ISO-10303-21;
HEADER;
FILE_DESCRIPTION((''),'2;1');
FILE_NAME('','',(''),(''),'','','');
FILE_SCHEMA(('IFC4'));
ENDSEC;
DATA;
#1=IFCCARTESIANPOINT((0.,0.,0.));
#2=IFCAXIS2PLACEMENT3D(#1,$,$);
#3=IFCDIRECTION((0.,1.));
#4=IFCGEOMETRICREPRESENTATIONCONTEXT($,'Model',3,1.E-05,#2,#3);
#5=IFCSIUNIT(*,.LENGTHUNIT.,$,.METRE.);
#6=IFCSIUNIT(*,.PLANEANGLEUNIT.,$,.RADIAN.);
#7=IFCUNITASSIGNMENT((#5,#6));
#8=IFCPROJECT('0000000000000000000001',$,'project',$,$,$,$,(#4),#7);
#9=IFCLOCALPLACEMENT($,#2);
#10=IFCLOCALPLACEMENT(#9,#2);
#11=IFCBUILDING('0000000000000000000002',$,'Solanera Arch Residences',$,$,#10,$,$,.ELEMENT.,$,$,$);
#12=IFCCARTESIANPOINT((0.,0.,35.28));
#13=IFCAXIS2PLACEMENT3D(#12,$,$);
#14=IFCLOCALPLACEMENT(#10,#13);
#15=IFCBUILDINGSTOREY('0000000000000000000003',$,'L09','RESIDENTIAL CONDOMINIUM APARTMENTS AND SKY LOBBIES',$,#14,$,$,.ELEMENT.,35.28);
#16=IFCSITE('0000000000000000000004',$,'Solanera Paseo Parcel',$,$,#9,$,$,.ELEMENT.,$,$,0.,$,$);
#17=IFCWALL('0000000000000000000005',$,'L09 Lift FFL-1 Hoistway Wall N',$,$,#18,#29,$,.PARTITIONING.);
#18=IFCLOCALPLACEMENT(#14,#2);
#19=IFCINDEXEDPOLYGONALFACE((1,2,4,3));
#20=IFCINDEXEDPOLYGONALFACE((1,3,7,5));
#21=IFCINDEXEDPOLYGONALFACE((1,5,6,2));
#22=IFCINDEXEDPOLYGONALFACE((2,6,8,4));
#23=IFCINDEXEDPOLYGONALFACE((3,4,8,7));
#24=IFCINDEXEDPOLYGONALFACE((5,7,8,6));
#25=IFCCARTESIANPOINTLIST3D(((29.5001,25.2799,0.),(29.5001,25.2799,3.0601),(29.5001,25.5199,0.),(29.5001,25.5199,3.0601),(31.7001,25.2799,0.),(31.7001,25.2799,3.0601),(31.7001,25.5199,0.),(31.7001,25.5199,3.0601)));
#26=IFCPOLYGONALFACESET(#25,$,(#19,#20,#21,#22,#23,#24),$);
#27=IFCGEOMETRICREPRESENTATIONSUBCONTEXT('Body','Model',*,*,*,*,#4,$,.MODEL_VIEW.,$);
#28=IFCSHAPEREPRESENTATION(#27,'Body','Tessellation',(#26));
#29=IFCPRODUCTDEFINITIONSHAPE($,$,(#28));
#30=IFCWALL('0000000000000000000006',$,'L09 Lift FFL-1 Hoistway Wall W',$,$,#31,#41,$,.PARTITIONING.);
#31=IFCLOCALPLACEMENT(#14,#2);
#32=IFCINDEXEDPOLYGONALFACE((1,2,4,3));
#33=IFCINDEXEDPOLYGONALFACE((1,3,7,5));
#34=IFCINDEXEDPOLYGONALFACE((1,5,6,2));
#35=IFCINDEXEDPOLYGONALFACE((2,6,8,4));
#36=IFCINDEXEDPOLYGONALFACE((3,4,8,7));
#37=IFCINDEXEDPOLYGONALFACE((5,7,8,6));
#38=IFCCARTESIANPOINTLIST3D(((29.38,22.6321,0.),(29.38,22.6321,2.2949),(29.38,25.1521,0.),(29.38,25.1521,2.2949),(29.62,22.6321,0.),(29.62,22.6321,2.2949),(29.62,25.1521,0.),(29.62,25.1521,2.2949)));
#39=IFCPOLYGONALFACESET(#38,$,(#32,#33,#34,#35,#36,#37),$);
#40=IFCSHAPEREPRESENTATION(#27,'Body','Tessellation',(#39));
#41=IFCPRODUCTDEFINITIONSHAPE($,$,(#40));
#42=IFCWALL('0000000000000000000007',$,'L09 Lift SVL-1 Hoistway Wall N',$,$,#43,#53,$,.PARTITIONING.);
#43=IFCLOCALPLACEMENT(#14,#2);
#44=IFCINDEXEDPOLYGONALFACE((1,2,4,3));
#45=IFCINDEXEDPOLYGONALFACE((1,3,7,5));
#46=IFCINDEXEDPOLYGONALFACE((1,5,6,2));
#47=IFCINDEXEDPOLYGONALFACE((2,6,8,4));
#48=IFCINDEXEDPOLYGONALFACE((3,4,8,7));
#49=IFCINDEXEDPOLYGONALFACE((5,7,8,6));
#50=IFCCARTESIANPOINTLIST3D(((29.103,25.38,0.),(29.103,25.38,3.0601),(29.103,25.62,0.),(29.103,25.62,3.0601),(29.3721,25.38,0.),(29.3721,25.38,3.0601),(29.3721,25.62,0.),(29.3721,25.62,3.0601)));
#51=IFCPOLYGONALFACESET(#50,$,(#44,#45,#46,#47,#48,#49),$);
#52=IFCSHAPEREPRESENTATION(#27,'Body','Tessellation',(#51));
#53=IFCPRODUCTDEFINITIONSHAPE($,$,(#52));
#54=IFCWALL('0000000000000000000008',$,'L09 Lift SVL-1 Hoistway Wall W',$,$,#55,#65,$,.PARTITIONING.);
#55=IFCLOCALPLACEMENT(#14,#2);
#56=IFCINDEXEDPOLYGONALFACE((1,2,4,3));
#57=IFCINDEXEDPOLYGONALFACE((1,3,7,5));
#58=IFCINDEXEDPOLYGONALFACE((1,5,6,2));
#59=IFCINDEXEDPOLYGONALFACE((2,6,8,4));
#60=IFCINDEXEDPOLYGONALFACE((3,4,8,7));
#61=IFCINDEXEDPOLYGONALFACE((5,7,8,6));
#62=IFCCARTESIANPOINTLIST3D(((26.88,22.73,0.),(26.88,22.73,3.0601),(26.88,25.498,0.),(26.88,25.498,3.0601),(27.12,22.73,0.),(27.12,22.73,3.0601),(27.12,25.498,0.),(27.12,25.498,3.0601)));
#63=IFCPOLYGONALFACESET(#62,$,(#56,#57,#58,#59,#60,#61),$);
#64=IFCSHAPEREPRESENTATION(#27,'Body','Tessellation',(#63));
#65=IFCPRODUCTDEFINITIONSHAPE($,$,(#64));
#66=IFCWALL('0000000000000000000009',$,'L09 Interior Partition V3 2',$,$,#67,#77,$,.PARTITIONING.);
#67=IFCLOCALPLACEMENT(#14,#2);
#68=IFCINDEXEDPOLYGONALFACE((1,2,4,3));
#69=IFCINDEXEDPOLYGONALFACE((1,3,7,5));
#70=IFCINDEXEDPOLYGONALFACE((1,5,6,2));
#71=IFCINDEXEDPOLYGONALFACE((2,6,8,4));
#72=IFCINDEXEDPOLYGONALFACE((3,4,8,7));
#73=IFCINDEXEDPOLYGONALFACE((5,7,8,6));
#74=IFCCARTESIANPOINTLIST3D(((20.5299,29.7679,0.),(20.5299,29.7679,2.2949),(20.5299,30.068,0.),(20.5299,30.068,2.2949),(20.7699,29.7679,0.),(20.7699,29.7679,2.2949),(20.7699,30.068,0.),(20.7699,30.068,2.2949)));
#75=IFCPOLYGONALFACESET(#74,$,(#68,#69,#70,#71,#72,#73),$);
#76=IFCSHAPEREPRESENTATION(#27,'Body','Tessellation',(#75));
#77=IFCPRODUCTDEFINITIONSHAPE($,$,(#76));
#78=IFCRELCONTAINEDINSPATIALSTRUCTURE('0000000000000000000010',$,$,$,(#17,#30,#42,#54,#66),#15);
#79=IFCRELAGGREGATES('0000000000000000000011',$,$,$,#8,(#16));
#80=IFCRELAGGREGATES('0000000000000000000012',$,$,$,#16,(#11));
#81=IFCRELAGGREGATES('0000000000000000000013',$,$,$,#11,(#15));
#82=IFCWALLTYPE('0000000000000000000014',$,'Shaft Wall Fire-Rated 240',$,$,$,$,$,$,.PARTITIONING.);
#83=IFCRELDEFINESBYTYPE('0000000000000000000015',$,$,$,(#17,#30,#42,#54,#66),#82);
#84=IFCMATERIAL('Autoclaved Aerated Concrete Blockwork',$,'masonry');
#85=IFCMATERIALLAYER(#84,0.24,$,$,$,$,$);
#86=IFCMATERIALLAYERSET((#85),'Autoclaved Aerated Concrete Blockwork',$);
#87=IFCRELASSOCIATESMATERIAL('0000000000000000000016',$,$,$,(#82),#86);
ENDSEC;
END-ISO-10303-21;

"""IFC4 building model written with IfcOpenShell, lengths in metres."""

from ifc_helpers import new_model, si_unit, direction, frame, frame_2d, origin, place, context, subcontext, project, spatial, rectangle, extrude, material, layer, layer_set, type_object, element, save


model = new_model("IFC4")

# Units and contexts
model_context = context("Model", 3, precision=1e-05, world=origin(), true_north=direction((0.0, 1.0)))
body_context = subcontext(model_context, "Body", "Model", "MODEL_VIEW")
ifc_project = project(units=[si_unit("LENGTHUNIT", "METRE"), si_unit("PLANEANGLEUNIT", "RADIAN")], contexts=[model_context])

# Site, building, storey
site_placement = place(None, origin())
site = spatial("IfcSite", under=ifc_project, at=site_placement, Name="Solanera Paseo Parcel", CompositionType="ELEMENT", RefElevation=0.0)
building_placement = place(site_placement, origin())
building = spatial("IfcBuilding", under=site, at=building_placement, Name="Solanera Arch Residences", CompositionType="ELEMENT")
storey_placement = place(building_placement, frame((0.0, 0.0, 35.28)))
storey = spatial("IfcBuildingStorey", under=building, at=storey_placement, Name="L09", Description="RESIDENTIAL CONDOMINIUM APARTMENTS AND SKY LOBBIES", CompositionType="ELEMENT", Elevation=35.28)

# Walls
ifc_material_1 = material(Name="Autoclaved Aerated Concrete Blockwork", Category="masonry")
ifc_layer_1 = layer(ifc_material_1, 0.24)
ifc_layer_set_1 = layer_set([ifc_layer_1], Name="Autoclaved Aerated Concrete Blockwork")
wall_type_1 = type_object("IfcWallType", Name="Shaft Wall Fire-Rated 240", PredefinedType="PARTITIONING", material=ifc_layer_set_1)
wall_1_placement = place(storey_placement, frame((29.5, 25.3999, 0.0), z_axis=(0.0, 0.0, 1.0), x_axis=(1.0, 0.0, 0.0)))
element("IfcWall", 1, at=wall_1_placement, inside=storey, type_object=wall_type_1, Name="L09 Lift FFL-1 Hoistway Wall N", PredefinedType="PARTITIONING", context=body_context, shape_type="SweptSolid", body=[
    extrude(rectangle(XDim=2.2, YDim=0.24, at=frame_2d((1.1001, 0.0))), origin(), (0.0, 0.0, 1.0), 3.0601),
])
wall_2_placement = place(storey_placement, frame((29.5, 22.6321, 0.0), z_axis=(0.0, 0.0, 1.0), x_axis=(0.0, 1.0, 0.0)))
element("IfcWall", 2, at=wall_2_placement, inside=storey, type_object=wall_type_1, Name="L09 Lift FFL-1 Hoistway Wall W", PredefinedType="PARTITIONING", context=body_context, shape_type="SweptSolid", body=[
    extrude(rectangle(XDim=2.52, YDim=0.24, at=frame_2d((1.26, 0.0))), origin(), (0.0, 0.0, 1.0), 2.2949),
])
wall_3_placement = place(storey_placement, frame((29.103, 25.5, 0.0), z_axis=(0.0, 0.0, 1.0), x_axis=(1.0, 0.0, 0.0)))
element("IfcWall", 3, at=wall_3_placement, inside=storey, type_object=wall_type_1, Name="L09 Lift SVL-1 Hoistway Wall N", PredefinedType="PARTITIONING", context=body_context, shape_type="SweptSolid", body=[
    extrude(rectangle(XDim=0.269, YDim=0.24, at=frame_2d((0.1345, 0.0))), origin(), (0.0, 0.0, 1.0), 3.0601),
])
wall_4_placement = place(storey_placement, frame((27.0, 22.73, 0.0), z_axis=(0.0, 0.0, 1.0), x_axis=(0.0, 1.0, 0.0)))
element("IfcWall", 4, at=wall_4_placement, inside=storey, type_object=wall_type_1, Name="L09 Lift SVL-1 Hoistway Wall W", PredefinedType="PARTITIONING", context=body_context, shape_type="SweptSolid", body=[
    extrude(rectangle(XDim=2.7681, YDim=0.24, at=frame_2d((1.384, 0.0))), origin(), (0.0, 0.0, 1.0), 3.0601),
])
wall_5_placement = place(storey_placement, frame((20.6499, 29.7681, 0.0), z_axis=(0.0, 0.0, 1.0), x_axis=(0.0, 1.0, 0.0)))
element("IfcWall", 5, at=wall_5_placement, inside=storey, type_object=wall_type_1, Name="L09 Interior Partition V3 2", PredefinedType="PARTITIONING", context=body_context, shape_type="SweptSolid", body=[
    extrude(rectangle(XDim=0.3, YDim=0.24, at=frame_2d((0.1499, 0.0))), origin(), (0.0, 0.0, 1.0), 2.2949),
])

save(model, "model.ifc")
